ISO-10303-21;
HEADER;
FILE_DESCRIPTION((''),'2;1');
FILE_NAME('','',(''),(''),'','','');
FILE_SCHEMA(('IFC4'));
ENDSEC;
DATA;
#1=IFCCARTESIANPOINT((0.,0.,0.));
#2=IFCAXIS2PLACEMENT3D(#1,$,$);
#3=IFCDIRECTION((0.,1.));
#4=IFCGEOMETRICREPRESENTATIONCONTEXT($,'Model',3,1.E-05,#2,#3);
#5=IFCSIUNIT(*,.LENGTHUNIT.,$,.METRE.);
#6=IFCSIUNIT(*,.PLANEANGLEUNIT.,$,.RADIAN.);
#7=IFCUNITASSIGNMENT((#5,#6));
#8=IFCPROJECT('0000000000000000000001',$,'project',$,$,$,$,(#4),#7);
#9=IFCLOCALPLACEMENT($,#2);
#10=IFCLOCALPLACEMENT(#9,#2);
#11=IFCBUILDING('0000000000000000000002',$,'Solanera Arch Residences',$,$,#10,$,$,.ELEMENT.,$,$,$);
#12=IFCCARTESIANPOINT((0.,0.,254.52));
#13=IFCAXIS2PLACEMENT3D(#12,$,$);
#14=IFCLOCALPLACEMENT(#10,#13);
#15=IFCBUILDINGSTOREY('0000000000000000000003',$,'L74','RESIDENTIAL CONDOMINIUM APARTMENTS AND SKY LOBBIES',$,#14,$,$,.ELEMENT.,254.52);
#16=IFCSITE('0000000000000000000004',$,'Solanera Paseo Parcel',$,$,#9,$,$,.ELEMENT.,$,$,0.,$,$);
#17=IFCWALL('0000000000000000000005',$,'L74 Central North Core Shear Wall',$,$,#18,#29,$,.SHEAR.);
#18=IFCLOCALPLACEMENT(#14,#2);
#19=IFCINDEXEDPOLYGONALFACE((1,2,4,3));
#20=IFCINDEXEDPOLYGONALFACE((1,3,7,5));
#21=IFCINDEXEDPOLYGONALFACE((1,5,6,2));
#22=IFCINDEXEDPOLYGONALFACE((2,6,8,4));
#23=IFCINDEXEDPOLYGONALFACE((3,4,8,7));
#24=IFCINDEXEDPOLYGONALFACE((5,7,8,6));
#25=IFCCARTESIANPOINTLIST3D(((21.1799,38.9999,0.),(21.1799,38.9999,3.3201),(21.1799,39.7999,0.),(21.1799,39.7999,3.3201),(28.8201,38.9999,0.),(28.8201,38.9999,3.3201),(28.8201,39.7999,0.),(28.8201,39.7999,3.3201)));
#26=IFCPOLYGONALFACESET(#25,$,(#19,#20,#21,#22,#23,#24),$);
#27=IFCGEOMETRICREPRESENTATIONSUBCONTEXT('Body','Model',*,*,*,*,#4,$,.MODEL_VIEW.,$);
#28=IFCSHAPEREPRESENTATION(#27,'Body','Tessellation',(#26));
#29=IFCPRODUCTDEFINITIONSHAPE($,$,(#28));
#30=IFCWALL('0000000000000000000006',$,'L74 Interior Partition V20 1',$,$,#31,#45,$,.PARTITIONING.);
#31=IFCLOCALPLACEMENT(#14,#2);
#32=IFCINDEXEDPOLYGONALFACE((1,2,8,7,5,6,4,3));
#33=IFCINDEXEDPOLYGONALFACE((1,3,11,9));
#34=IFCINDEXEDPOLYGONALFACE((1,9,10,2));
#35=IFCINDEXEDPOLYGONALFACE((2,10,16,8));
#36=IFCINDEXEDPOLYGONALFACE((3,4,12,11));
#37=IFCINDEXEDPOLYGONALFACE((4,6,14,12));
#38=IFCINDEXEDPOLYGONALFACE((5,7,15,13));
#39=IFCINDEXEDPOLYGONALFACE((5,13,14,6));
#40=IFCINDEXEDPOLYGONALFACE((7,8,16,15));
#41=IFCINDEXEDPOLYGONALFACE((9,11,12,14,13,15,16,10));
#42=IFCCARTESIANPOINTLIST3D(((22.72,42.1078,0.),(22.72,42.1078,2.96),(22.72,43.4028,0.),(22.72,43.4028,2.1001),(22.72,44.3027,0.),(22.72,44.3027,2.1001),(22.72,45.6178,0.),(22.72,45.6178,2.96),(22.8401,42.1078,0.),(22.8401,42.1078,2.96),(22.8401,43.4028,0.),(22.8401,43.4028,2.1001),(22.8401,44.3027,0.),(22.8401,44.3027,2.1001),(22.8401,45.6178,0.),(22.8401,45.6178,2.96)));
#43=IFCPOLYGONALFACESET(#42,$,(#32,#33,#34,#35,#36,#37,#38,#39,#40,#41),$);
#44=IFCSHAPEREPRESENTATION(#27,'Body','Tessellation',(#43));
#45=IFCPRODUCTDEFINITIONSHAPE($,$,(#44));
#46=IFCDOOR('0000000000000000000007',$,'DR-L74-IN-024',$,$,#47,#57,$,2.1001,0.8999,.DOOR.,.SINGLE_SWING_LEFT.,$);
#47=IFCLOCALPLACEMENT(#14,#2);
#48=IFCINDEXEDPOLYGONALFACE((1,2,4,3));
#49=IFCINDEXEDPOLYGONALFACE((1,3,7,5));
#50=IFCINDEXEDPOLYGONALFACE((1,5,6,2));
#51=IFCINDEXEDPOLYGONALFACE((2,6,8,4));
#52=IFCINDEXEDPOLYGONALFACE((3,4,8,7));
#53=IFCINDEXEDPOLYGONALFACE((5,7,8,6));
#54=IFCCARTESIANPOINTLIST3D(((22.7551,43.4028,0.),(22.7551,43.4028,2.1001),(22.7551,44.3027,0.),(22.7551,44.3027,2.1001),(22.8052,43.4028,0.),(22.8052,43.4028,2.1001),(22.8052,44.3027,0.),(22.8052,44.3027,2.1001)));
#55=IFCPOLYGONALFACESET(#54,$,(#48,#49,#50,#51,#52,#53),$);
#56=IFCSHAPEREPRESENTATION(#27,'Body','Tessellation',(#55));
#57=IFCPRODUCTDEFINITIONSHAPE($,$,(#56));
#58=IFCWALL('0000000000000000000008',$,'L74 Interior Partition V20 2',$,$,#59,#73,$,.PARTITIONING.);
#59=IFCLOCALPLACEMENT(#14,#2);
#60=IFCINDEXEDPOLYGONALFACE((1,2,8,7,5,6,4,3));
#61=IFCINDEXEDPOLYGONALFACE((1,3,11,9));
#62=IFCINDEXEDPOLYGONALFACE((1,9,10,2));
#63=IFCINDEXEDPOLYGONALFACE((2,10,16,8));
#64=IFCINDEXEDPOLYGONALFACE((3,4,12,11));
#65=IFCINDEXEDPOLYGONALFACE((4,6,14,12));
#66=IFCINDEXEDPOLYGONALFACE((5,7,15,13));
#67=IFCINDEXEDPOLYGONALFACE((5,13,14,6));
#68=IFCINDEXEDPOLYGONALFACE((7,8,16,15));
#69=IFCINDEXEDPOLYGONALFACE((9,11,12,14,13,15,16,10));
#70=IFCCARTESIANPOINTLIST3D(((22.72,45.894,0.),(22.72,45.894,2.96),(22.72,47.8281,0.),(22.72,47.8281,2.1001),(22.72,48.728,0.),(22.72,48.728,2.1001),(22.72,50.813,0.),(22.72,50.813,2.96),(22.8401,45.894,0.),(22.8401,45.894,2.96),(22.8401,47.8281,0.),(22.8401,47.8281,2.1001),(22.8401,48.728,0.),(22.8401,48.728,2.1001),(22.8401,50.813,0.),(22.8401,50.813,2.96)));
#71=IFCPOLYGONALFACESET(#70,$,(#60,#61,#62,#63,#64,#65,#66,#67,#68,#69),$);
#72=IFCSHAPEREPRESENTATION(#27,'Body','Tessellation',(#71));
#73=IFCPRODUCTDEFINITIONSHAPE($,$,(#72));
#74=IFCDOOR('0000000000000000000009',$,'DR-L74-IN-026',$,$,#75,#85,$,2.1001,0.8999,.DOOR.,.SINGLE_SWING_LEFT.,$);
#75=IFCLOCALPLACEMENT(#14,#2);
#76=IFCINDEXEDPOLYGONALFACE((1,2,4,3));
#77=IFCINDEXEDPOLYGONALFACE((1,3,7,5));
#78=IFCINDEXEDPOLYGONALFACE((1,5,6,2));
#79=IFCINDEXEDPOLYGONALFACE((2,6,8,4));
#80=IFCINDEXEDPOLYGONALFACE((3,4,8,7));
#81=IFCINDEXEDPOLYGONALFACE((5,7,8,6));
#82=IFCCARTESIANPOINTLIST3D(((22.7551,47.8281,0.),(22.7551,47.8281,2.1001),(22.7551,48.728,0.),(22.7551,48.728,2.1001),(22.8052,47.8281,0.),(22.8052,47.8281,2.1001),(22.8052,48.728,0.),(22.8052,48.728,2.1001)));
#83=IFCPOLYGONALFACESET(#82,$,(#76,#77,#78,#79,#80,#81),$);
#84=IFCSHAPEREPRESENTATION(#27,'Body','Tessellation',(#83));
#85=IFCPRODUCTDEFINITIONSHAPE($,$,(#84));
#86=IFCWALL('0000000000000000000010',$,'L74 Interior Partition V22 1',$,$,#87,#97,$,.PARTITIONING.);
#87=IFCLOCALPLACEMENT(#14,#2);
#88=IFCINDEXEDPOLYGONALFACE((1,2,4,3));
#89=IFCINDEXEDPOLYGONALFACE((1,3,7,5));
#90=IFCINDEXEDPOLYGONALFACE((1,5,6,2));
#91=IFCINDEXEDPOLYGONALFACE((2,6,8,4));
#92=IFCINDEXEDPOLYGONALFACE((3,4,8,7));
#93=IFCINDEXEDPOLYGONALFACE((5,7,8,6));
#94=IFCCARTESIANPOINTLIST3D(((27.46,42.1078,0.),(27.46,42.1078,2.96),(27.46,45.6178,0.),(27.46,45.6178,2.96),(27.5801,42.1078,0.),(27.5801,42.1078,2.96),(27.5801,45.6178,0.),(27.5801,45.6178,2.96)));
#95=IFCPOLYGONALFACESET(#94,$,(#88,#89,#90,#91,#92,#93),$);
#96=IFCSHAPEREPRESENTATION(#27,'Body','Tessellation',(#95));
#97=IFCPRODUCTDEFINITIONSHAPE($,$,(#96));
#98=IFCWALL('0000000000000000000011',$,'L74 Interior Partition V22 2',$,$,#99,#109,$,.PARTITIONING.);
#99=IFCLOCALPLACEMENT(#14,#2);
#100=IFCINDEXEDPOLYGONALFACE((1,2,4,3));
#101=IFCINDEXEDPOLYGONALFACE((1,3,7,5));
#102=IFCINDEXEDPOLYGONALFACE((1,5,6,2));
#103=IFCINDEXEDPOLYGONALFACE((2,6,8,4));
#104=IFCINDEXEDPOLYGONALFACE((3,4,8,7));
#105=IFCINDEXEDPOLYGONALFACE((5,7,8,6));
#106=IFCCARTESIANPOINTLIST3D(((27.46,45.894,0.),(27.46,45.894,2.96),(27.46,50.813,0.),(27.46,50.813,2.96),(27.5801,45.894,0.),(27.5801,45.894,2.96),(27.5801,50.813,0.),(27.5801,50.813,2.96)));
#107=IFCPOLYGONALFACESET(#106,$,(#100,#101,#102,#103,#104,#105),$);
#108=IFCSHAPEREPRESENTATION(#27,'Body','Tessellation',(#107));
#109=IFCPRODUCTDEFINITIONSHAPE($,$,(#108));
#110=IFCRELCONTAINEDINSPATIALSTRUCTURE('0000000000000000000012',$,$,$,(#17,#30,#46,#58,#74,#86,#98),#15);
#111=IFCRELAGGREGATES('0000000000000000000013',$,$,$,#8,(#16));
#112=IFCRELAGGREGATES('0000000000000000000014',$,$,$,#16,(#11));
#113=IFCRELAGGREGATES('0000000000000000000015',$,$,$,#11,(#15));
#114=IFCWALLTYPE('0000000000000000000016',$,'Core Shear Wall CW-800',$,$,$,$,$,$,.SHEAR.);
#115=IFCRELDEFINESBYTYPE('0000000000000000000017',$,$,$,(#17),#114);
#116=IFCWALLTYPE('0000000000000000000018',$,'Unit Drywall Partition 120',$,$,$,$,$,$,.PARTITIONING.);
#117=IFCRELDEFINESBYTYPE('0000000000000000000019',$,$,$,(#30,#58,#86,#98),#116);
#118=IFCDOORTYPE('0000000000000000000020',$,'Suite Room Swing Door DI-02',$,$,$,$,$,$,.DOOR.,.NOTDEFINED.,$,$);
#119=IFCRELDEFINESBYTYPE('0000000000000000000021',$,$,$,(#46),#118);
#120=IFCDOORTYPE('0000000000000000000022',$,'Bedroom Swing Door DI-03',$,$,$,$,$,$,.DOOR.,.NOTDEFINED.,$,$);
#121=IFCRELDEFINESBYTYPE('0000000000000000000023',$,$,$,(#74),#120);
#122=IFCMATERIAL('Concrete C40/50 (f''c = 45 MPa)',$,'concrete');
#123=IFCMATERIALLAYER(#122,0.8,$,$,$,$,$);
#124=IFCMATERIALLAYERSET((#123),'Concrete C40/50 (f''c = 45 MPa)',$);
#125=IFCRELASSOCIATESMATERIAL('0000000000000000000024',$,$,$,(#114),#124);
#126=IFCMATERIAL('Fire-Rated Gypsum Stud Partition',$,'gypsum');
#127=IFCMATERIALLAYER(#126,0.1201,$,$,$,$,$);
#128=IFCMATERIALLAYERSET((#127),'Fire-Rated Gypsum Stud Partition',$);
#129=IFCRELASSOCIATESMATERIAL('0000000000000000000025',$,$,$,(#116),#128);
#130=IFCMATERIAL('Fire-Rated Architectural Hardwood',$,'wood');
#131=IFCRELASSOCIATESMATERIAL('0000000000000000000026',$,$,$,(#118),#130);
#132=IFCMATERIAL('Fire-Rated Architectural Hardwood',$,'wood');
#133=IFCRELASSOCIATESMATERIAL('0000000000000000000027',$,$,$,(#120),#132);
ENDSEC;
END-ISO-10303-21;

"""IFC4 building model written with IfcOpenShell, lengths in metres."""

from ifc_helpers import new_model, si_unit, direction, frame, frame_2d, origin, place, context, subcontext, project, spatial, rectangle, extrude, material, layer, layer_set, type_object, element, fill, save


model = new_model("IFC4")

# Units and contexts
model_context = context("Model", 3, precision=1e-05, world=origin(), true_north=direction((0.0, 1.0)))
body_context = subcontext(model_context, "Body", "Model", "MODEL_VIEW")
ifc_project = project(units=[si_unit("LENGTHUNIT", "METRE"), si_unit("PLANEANGLEUNIT", "RADIAN")], contexts=[model_context])

# Site, building, storey
site_placement = place(None, origin())
site = spatial("IfcSite", under=ifc_project, at=site_placement, Name="Solanera Paseo Parcel", CompositionType="ELEMENT", RefElevation=0.0)
building_placement = place(site_placement, origin())
building = spatial("IfcBuilding", under=site, at=building_placement, Name="Solanera Arch Residences", CompositionType="ELEMENT")
storey_placement = place(building_placement, frame((0.0, 0.0, 254.52)))
storey = spatial("IfcBuildingStorey", under=building, at=storey_placement, Name="L74", Description="RESIDENTIAL CONDOMINIUM APARTMENTS AND SKY LOBBIES", CompositionType="ELEMENT", Elevation=254.52)

# Wall
ifc_material_1 = material(Name="Concrete C40/50 (f'c = 45 MPa)", Category="concrete")
ifc_layer_1 = layer(ifc_material_1, 0.8)
ifc_layer_set_1 = layer_set([ifc_layer_1], Name="Concrete C40/50 (f'c = 45 MPa)")
wall_type_1 = type_object("IfcWallType", Name="Core Shear Wall CW-800", PredefinedType="SHEAR", material=ifc_layer_set_1)
wall_1_placement = place(storey_placement, frame((21.1799, 39.3999, 0.0), z_axis=(0.0, 0.0, 1.0), x_axis=(1.0, 0.0, 0.0)))
element("IfcWall", 1, at=wall_1_placement, inside=storey, type_object=wall_type_1, Name="L74 Central North Core Shear Wall", PredefinedType="SHEAR", context=body_context, shape_type="SweptSolid", body=[
    extrude(rectangle(XDim=7.6401, YDim=0.8, at=frame_2d((3.8201, 0.0))), origin(), (0.0, 0.0, 1.0), 3.3201),
])

# Walls, openings, doors
ifc_material_2 = material(Name="Fire-Rated Gypsum Stud Partition", Category="gypsum")
ifc_layer_2 = layer(ifc_material_2, 0.1201)
ifc_layer_set_2 = layer_set([ifc_layer_2], Name="Fire-Rated Gypsum Stud Partition")
wall_type_2 = type_object("IfcWallType", Name="Unit Drywall Partition 120", PredefinedType="PARTITIONING", material=ifc_layer_set_2)
wall_2_placement = place(storey_placement, frame((22.78, 42.1079, 0.0), z_axis=(0.0, 0.0, 1.0), x_axis=(0.0, 1.0, 0.0)))
wall_2 = element("IfcWall", 2, at=wall_2_placement, inside=storey, type_object=wall_type_2, Name="L74 Interior Partition V20 1", PredefinedType="PARTITIONING", context=body_context, shape_type="SweptSolid", body=[
    extrude(rectangle(XDim=3.51, YDim=0.1201, at=frame_2d((1.7549, 0.0))), origin(), (0.0, 0.0, 1.0), 2.96),
])
opening_1_placement = place(wall_2_placement, frame((1.2949, 0.0, 0.0)))
opening_1 = element("IfcOpeningElement", 3, at=opening_1_placement, cuts=wall_2, PredefinedType="OPENING", context=body_context, shape_type="SweptSolid", body=[
    extrude(rectangle(XDim=0.8999, YDim=2.1001, at=frame_2d((0.45, 1.05))), frame((0.0, 0.0701, 0.0), z_axis=(0.0, -1.0, 0.0), x_axis=(1.0, 0.0, 0.0)), (0.0, 0.0, 1.0), 0.1401),
])
ifc_material_3 = material(Name="Fire-Rated Architectural Hardwood", Category="wood")
door_type_1 = type_object("IfcDoorType", Name="Suite Room Swing Door DI-02", OperationType="NOTDEFINED", PredefinedType="DOOR", material=ifc_material_3)
door_1_placement = place(opening_1_placement, origin())
door_1 = element("IfcDoor", 4, at=door_1_placement, inside=storey, type_object=door_type_1, Name="DR-L74-IN-024", OperationType="SINGLE_SWING_LEFT", OverallHeight=2.1001, OverallWidth=0.8999, PredefinedType="DOOR", context=body_context, shape_type="SweptSolid", body=[
    extrude(rectangle(XDim=0.8999, YDim=2.1001, at=frame_2d((0.45, 1.05))), frame((0.0, 0.0249, 0.0), z_axis=(0.0, -1.0, 0.0), x_axis=(1.0, 0.0, 0.0)), (0.0, 0.0, 1.0), 0.05),
])
fill(opening_1, door_1)
wall_3_placement = place(storey_placement, frame((22.78, 45.894, 0.0), z_axis=(0.0, 0.0, 1.0), x_axis=(0.0, 1.0, 0.0)))
wall_3 = element("IfcWall", 5, at=wall_3_placement, inside=storey, type_object=wall_type_2, Name="L74 Interior Partition V20 2", PredefinedType="PARTITIONING", context=body_context, shape_type="SweptSolid", body=[
    extrude(rectangle(XDim=4.9189, YDim=0.1201, at=frame_2d((2.4595, 0.0))), origin(), (0.0, 0.0, 1.0), 2.96),
])
opening_2_placement = place(wall_3_placement, frame((1.9341, 0.0, 0.0)))
opening_2 = element("IfcOpeningElement", 6, at=opening_2_placement, cuts=wall_3, PredefinedType="OPENING", context=body_context, shape_type="SweptSolid", body=[
    extrude(rectangle(XDim=0.8999, YDim=2.1001, at=frame_2d((0.45, 1.05))), frame((0.0, 0.0701, 0.0), z_axis=(0.0, -1.0, 0.0), x_axis=(1.0, 0.0, 0.0)), (0.0, 0.0, 1.0), 0.1401),
])
ifc_material_4 = material(Name="Fire-Rated Architectural Hardwood", Category="wood")
door_type_2 = type_object("IfcDoorType", Name="Bedroom Swing Door DI-03", OperationType="NOTDEFINED", PredefinedType="DOOR", material=ifc_material_4)
door_2_placement = place(opening_2_placement, origin())
door_2 = element("IfcDoor", 7, at=door_2_placement, inside=storey, type_object=door_type_2, Name="DR-L74-IN-026", OperationType="SINGLE_SWING_LEFT", OverallHeight=2.1001, OverallWidth=0.8999, PredefinedType="DOOR", context=body_context, shape_type="SweptSolid", body=[
    extrude(rectangle(XDim=0.8999, YDim=2.1001, at=frame_2d((0.45, 1.05))), frame((0.0, 0.0249, 0.0), z_axis=(0.0, -1.0, 0.0), x_axis=(1.0, 0.0, 0.0)), (0.0, 0.0, 1.0), 0.05),
])
fill(opening_2, door_2)

# Walls
wall_4_placement = place(storey_placement, frame((27.52, 42.1079, 0.0), z_axis=(0.0, 0.0, 1.0), x_axis=(0.0, 1.0, 0.0)))
element("IfcWall", 8, at=wall_4_placement, inside=storey, type_object=wall_type_2, Name="L74 Interior Partition V22 1", PredefinedType="PARTITIONING", context=body_context, shape_type="SweptSolid", body=[
    extrude(rectangle(XDim=3.51, YDim=0.1201, at=frame_2d((1.7549, 0.0))), origin(), (0.0, 0.0, 1.0), 2.96),
])
wall_5_placement = place(storey_placement, frame((27.52, 45.894, 0.0), z_axis=(0.0, 0.0, 1.0), x_axis=(0.0, 1.0, 0.0)))
element("IfcWall", 9, at=wall_5_placement, inside=storey, type_object=wall_type_2, Name="L74 Interior Partition V22 2", PredefinedType="PARTITIONING", context=body_context, shape_type="SweptSolid", body=[
    extrude(rectangle(XDim=4.9189, YDim=0.1201, at=frame_2d((2.4595, 0.0))), origin(), (0.0, 0.0, 1.0), 2.96),
])

save(model, "model.ifc")
